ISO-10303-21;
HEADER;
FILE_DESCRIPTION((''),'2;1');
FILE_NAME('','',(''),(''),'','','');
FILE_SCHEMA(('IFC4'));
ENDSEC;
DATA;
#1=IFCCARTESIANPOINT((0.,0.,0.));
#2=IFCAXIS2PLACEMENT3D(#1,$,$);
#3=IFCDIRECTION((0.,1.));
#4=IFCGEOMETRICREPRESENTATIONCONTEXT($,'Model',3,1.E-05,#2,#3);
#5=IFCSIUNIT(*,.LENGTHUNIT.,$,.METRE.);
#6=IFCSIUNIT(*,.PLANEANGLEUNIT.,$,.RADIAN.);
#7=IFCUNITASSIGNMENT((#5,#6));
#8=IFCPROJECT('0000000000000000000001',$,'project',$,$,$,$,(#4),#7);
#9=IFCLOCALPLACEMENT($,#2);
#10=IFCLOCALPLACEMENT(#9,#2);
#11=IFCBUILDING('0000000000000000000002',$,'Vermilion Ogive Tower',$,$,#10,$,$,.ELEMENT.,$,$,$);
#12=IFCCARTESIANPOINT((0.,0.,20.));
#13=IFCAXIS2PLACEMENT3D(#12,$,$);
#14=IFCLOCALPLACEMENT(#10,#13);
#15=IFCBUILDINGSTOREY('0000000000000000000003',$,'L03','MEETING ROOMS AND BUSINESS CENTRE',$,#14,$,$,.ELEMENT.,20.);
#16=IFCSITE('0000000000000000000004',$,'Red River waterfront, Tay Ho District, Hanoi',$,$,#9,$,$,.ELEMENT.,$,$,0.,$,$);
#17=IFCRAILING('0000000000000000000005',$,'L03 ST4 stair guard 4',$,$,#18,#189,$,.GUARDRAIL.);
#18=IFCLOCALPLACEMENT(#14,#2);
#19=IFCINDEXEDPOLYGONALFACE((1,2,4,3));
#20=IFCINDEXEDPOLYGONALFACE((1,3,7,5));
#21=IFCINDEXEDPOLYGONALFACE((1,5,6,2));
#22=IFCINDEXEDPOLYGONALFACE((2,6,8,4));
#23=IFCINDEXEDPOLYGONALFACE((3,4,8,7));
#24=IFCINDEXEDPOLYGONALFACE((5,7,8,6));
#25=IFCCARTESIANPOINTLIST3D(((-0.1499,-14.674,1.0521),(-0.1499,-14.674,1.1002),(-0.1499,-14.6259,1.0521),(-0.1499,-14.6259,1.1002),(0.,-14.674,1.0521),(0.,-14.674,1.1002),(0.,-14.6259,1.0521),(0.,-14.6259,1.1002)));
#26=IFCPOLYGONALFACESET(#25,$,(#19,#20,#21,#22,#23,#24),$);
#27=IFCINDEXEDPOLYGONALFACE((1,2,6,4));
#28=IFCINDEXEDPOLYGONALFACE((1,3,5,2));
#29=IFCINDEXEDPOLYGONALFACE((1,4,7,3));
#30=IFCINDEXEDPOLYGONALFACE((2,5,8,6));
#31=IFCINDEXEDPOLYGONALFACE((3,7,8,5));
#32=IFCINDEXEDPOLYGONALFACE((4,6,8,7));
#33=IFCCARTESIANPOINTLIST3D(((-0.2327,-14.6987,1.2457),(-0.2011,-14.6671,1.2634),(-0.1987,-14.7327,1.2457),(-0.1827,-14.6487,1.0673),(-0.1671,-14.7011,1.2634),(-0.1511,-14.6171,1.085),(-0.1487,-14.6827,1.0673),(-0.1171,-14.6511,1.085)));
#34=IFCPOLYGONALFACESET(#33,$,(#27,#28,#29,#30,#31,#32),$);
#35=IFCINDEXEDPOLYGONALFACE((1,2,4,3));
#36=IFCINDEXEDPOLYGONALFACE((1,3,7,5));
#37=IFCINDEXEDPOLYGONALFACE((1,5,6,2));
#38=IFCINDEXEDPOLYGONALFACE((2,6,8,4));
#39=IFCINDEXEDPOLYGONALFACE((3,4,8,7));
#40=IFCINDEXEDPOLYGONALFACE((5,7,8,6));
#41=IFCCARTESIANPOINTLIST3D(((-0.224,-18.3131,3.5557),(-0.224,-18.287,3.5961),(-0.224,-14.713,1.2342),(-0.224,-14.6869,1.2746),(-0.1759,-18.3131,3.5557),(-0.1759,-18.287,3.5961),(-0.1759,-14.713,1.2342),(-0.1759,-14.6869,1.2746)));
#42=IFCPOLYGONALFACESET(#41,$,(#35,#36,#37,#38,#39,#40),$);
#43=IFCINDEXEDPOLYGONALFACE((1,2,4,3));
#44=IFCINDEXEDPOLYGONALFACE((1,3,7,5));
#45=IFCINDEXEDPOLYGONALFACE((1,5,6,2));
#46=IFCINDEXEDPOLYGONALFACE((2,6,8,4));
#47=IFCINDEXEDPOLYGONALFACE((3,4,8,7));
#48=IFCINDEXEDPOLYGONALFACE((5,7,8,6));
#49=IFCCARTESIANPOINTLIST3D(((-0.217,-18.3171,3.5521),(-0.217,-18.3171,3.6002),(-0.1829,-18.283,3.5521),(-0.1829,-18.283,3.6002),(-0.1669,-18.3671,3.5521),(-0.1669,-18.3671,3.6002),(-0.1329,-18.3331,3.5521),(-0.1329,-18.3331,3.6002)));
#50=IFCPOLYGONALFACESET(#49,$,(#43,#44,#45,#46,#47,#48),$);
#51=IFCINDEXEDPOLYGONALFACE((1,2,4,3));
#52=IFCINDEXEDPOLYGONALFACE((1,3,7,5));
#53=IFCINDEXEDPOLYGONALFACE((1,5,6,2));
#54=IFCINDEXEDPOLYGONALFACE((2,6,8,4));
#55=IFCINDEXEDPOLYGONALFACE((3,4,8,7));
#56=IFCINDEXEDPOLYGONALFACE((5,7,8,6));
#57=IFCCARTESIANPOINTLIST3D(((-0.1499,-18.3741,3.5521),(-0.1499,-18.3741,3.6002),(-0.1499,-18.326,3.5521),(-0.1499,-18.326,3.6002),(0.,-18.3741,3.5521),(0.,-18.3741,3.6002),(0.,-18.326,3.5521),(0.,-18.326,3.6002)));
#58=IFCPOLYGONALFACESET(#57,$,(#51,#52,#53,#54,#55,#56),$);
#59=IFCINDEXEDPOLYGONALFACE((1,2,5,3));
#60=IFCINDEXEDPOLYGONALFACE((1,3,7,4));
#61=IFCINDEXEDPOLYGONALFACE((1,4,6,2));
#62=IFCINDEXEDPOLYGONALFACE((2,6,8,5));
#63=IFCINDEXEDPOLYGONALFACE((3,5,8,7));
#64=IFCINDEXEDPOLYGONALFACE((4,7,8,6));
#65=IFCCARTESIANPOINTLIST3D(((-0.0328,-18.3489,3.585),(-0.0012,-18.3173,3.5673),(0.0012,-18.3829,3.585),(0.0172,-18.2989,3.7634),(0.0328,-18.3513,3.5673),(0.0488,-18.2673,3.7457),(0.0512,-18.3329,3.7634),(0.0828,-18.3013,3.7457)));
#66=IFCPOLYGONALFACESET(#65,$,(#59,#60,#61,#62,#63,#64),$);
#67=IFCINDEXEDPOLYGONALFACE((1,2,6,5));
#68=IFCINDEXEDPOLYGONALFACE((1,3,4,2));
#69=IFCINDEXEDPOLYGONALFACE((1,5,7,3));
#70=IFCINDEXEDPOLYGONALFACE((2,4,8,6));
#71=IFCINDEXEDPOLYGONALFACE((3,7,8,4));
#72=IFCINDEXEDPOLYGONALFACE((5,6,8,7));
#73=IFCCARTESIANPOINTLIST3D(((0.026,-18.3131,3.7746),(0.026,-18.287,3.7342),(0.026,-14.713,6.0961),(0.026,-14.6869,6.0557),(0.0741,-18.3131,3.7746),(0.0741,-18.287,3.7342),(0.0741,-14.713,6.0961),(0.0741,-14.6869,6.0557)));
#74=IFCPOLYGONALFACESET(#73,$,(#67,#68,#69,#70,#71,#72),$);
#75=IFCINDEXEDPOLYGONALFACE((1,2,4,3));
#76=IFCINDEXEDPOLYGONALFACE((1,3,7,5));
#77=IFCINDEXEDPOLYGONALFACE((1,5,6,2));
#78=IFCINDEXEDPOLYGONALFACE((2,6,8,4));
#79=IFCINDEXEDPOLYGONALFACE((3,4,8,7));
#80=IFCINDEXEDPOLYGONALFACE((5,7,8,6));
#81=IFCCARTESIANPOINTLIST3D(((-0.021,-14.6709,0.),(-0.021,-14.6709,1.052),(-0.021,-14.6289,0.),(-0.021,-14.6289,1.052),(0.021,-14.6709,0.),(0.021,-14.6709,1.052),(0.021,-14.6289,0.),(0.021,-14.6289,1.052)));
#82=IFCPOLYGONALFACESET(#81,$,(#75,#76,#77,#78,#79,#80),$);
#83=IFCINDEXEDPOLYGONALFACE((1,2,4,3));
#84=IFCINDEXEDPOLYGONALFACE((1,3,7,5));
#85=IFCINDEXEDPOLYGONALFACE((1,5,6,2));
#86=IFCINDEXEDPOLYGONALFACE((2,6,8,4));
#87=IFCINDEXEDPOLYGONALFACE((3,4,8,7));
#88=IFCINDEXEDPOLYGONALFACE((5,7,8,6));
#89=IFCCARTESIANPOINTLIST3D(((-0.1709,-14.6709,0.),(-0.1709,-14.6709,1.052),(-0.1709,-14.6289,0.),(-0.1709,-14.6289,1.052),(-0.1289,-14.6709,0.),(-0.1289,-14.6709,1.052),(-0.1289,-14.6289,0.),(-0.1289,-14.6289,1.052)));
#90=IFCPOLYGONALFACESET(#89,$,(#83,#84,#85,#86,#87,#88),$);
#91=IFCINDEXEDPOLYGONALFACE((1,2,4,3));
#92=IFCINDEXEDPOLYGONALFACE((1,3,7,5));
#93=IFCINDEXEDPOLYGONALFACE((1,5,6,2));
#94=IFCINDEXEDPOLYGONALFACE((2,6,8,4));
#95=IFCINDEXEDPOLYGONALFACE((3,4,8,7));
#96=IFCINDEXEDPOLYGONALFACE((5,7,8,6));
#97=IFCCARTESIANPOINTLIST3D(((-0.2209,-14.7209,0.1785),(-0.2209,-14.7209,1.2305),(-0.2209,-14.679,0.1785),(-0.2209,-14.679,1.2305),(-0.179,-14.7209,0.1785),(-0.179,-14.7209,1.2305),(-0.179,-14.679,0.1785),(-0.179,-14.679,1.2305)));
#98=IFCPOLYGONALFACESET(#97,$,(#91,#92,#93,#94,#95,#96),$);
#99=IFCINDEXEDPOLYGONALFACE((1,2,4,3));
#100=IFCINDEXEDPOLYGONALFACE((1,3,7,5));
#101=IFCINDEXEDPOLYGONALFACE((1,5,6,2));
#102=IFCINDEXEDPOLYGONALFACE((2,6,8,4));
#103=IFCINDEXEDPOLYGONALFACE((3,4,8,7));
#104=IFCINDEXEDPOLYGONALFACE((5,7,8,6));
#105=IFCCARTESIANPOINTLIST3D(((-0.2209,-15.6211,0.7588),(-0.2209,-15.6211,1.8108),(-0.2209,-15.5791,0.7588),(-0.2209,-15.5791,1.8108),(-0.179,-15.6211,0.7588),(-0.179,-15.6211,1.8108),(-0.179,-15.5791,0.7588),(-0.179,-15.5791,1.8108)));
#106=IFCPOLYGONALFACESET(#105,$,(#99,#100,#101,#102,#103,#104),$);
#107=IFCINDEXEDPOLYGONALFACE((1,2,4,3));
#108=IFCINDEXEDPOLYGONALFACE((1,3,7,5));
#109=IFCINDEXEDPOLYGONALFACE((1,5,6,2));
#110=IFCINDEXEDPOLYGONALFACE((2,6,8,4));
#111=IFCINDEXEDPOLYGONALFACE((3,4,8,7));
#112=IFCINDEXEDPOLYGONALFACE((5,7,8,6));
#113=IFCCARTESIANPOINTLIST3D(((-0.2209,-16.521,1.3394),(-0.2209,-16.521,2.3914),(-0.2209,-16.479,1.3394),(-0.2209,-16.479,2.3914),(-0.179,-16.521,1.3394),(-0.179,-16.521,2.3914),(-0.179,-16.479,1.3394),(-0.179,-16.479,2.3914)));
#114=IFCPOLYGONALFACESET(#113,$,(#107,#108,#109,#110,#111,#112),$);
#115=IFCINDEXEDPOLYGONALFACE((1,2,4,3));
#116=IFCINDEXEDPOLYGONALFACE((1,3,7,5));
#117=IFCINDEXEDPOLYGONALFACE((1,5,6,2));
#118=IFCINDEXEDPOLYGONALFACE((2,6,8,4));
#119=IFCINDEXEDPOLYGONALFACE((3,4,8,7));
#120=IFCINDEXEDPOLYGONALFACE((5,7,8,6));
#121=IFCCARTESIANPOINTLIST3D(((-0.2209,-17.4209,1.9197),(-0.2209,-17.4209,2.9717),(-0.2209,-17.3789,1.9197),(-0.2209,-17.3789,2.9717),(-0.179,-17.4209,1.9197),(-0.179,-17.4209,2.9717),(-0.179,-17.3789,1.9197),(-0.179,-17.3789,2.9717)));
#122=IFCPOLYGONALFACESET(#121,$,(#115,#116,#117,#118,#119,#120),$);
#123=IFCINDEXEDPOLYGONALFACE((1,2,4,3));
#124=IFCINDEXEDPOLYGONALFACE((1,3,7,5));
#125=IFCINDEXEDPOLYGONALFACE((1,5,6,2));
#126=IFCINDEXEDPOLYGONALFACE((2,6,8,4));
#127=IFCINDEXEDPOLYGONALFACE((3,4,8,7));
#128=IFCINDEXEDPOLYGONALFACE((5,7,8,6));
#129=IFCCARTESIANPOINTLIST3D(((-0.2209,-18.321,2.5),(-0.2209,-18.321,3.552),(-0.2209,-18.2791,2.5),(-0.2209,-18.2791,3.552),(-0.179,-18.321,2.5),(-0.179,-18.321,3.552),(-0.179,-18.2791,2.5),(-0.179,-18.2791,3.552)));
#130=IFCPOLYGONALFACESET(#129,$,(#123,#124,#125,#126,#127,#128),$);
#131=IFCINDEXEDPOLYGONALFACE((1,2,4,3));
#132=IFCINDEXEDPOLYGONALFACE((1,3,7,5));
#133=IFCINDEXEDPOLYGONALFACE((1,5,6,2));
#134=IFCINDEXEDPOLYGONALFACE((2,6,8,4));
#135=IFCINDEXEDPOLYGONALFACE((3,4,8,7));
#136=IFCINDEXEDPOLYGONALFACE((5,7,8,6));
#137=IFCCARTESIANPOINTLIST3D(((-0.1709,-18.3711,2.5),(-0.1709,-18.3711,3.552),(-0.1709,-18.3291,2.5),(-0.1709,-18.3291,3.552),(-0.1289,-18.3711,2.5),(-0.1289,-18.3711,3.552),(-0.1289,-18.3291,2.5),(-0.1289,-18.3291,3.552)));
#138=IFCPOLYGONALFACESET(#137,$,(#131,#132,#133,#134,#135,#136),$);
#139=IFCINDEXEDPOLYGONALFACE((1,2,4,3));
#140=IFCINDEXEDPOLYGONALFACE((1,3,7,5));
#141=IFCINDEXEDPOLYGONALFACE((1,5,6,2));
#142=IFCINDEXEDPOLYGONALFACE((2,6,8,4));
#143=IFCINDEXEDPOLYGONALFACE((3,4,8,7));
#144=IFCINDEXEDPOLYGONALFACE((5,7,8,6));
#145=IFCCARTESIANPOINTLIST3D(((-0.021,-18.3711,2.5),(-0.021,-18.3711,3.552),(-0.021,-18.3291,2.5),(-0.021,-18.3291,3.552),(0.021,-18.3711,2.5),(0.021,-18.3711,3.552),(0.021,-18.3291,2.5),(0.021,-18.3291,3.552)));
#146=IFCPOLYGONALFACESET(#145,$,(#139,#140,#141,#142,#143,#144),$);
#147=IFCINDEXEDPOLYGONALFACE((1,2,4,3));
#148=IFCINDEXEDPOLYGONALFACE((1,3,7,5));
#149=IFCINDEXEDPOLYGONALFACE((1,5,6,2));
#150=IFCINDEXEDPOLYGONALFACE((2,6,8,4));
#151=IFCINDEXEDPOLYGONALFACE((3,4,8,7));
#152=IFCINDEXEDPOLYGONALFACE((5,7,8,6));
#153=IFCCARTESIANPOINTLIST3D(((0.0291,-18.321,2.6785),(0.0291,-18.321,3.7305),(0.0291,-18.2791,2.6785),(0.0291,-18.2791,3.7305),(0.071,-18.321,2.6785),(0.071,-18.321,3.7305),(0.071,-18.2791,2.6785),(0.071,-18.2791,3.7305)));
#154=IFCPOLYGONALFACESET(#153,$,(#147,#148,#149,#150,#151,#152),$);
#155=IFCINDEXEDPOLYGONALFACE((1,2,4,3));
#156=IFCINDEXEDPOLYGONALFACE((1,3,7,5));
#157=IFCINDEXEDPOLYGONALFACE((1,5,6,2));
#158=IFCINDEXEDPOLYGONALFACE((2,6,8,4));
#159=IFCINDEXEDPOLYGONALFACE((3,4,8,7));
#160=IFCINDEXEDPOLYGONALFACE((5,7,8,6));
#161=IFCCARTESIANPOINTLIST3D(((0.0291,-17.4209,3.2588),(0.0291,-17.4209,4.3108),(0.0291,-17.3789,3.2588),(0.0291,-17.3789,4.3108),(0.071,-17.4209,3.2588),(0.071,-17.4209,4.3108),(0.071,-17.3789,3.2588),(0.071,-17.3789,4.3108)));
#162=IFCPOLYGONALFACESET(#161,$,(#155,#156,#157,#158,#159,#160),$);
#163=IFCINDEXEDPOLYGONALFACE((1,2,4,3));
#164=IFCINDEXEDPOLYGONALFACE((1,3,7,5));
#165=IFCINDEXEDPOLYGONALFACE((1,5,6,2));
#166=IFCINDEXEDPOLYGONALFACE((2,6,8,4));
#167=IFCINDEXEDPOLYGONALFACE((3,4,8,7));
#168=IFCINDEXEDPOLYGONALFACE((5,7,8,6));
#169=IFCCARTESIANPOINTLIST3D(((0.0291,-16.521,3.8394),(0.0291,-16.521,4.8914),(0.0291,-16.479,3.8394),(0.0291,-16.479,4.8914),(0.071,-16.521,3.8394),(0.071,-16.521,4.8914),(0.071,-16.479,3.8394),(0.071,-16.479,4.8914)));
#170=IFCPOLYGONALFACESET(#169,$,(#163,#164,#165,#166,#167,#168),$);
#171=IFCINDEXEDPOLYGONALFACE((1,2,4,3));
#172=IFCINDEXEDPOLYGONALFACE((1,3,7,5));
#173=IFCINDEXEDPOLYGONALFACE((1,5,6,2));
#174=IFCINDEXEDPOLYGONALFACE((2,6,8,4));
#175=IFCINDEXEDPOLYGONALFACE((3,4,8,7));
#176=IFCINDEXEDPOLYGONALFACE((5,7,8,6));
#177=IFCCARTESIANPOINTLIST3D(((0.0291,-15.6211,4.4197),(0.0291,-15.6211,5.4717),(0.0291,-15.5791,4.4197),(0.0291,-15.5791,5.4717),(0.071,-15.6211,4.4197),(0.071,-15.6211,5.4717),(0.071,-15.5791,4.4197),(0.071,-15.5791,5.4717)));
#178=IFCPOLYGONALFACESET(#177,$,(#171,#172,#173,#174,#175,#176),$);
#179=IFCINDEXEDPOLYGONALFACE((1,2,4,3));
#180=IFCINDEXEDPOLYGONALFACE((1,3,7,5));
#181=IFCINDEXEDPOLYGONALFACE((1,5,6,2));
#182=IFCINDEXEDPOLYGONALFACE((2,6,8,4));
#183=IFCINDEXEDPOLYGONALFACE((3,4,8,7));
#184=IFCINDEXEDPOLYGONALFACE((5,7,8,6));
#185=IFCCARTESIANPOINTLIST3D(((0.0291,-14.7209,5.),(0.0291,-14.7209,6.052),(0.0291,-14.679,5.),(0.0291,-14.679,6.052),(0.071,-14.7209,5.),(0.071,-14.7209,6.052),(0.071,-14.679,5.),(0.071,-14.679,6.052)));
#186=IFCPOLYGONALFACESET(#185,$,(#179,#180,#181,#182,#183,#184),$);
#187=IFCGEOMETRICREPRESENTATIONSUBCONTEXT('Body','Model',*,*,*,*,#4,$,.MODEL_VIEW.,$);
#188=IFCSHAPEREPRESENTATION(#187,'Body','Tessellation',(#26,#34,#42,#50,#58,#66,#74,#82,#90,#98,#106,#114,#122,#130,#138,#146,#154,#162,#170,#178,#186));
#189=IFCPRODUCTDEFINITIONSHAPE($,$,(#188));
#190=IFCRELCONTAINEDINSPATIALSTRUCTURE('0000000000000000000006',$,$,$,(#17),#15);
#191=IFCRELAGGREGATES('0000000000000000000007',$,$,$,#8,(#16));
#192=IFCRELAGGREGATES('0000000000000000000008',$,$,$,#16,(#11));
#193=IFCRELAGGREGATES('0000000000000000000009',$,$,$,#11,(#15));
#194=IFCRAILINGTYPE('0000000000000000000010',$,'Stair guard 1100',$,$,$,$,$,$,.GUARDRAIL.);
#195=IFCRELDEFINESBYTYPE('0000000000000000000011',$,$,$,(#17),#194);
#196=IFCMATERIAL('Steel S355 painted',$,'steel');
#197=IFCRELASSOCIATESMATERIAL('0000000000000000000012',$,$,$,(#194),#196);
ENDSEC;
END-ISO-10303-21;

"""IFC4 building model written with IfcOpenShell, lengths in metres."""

from ifc_helpers import new_model, si_unit, direction, frame, origin, origin_2d, place, context, subcontext, project, spatial, rectangle, extrude, material, type_object, element, save


model = new_model("IFC4")

# Units and contexts
model_context = context("Model", 3, precision=1e-05, world=origin(), true_north=direction((0.0, 1.0)))
body_context = subcontext(model_context, "Body", "Model", "MODEL_VIEW")
ifc_project = project(units=[si_unit("LENGTHUNIT", "METRE"), si_unit("PLANEANGLEUNIT", "RADIAN")], contexts=[model_context])

# Site, building, storey
site_placement = place(None, origin())
site = spatial("IfcSite", under=ifc_project, at=site_placement, Name="Red River waterfront, Tay Ho District, Hanoi", CompositionType="ELEMENT", RefElevation=0.0)
building_placement = place(site_placement, origin())
building = spatial("IfcBuilding", under=site, at=building_placement, Name="Vermilion Ogive Tower", CompositionType="ELEMENT")
storey_placement = place(building_placement, frame((0.0, 0.0, 20.0)))
storey = spatial("IfcBuildingStorey", under=building, at=storey_placement, Name="L03", Description="MEETING ROOMS AND BUSINESS CENTRE", CompositionType="ELEMENT", Elevation=20.0)

# Railing
ifc_material_1 = material(Name="Steel S355 painted", Category="steel")
railing_type_1 = type_object("IfcRailingType", Name="Stair guard 1100", PredefinedType="GUARDRAIL", material=ifc_material_1)
railing_1_placement = place(storey_placement, frame((0.0, -14.6499, 0.0)))
element("IfcRailing", 1, at=railing_1_placement, inside=storey, type_object=railing_type_1, Name="L03 ST4 stair guard 4", PredefinedType="GUARDRAIL", context=body_context, shape_type="SweptSolid", body=[
    extrude(rectangle(XDim=0.0481, YDim=0.0481, at=origin_2d()), frame((0.0, 0.0, 1.0762), z_axis=(-1.0, 0.0, 0.0), x_axis=(0.0, -1.0, 0.0)), (0.0, 0.0, 1.0), 0.1499),
    extrude(rectangle(XDim=0.0481, YDim=0.0481, at=origin_2d()), frame((-0.1499, 0.0, 1.0762), z_axis=(-0.260685, -0.260685, 0.929563), x_axis=(0.707107, -0.707107, 0.0)), (0.0, 0.0, 1.0), 0.1919),
    extrude(rectangle(XDim=0.0481, YDim=0.0481, at=origin_2d()), frame((-0.2, -0.05, 1.2544), z_axis=(0.0, -0.840415, 0.541944), x_axis=(1.0, 0.0, 0.0)), (0.0, 0.0, 1.0), 4.2837),
    extrude(rectangle(XDim=0.0481, YDim=0.0481, at=origin_2d()), frame((-0.2, -3.6501, 3.5762), z_axis=(0.707107, -0.707107, 0.0), x_axis=(0.707107, 0.707107, 0.0)), (0.0, 0.0, 1.0), 0.0708),
    extrude(rectangle(XDim=0.0481, YDim=0.0481, at=origin_2d()), frame((-0.1499, -3.7002, 3.5762), z_axis=(1.0, 0.0, 0.0), x_axis=(0.0, 1.0, 0.0)), (0.0, 0.0, 1.0), 0.1499),
    extrude(rectangle(XDim=0.0481, YDim=0.0481, at=origin_2d()), frame((0.0, -3.7002, 3.5762), z_axis=(0.260685, 0.260685, 0.929563), x_axis=(-0.707107, 0.707107, 0.0)), (0.0, 0.0, 1.0), 0.1919),
    extrude(rectangle(XDim=0.0481, YDim=0.0481, at=origin_2d()), frame((0.05, -3.6501, 3.7544), z_axis=(0.0, 0.840415, 0.541944), x_axis=(-1.0, 0.0, 0.0)), (0.0, 0.0, 1.0), 4.2837),
    extrude(rectangle(XDim=0.042, YDim=0.042, at=origin_2d()), origin(), (0.0, 0.0, 1.0), 1.052),
    extrude(rectangle(XDim=0.042, YDim=0.042, at=origin_2d()), frame((-0.1499, 0.0, 0.0)), (0.0, 0.0, 1.0), 1.052),
    extrude(rectangle(XDim=0.042, YDim=0.042, at=origin_2d()), frame((-0.2, -0.05, 0.1785)), (0.0, 0.0, 1.0), 1.052),
    extrude(rectangle(XDim=0.042, YDim=0.042, at=origin_2d()), frame((-0.2, -0.9502, 0.7588)), (0.0, 0.0, 1.0), 1.052),
    extrude(rectangle(XDim=0.042, YDim=0.042, at=origin_2d()), frame((-0.2, -1.8501, 1.3394)), (0.0, 0.0, 1.0), 1.052),
    extrude(rectangle(XDim=0.042, YDim=0.042, at=origin_2d()), frame((-0.2, -2.75, 1.9197)), (0.0, 0.0, 1.0), 1.052),
    extrude(rectangle(XDim=0.042, YDim=0.042, at=origin_2d()), frame((-0.2, -3.6501, 2.5)), (0.0, 0.0, 1.0), 1.052),
    extrude(rectangle(XDim=0.042, YDim=0.042, at=origin_2d()), frame((-0.1499, -3.7002, 2.5)), (0.0, 0.0, 1.0), 1.052),
    extrude(rectangle(XDim=0.042, YDim=0.042, at=origin_2d()), frame((0.0, -3.7002, 2.5)), (0.0, 0.0, 1.0), 1.052),
    extrude(rectangle(XDim=0.042, YDim=0.042, at=origin_2d()), frame((0.05, -3.6501, 2.6785)), (0.0, 0.0, 1.0), 1.052),
    extrude(rectangle(XDim=0.042, YDim=0.042, at=origin_2d()), frame((0.05, -2.75, 3.2588)), (0.0, 0.0, 1.0), 1.052),
    extrude(rectangle(XDim=0.042, YDim=0.042, at=origin_2d()), frame((0.05, -1.8501, 3.8394)), (0.0, 0.0, 1.0), 1.052),
    extrude(rectangle(XDim=0.042, YDim=0.042, at=origin_2d()), frame((0.05, -0.9502, 4.4197)), (0.0, 0.0, 1.0), 1.052),
    extrude(rectangle(XDim=0.042, YDim=0.042, at=origin_2d()), frame((0.05, -0.05, 5.0)), (0.0, 0.0, 1.0), 1.052),
])

save(model, "model.ifc")
